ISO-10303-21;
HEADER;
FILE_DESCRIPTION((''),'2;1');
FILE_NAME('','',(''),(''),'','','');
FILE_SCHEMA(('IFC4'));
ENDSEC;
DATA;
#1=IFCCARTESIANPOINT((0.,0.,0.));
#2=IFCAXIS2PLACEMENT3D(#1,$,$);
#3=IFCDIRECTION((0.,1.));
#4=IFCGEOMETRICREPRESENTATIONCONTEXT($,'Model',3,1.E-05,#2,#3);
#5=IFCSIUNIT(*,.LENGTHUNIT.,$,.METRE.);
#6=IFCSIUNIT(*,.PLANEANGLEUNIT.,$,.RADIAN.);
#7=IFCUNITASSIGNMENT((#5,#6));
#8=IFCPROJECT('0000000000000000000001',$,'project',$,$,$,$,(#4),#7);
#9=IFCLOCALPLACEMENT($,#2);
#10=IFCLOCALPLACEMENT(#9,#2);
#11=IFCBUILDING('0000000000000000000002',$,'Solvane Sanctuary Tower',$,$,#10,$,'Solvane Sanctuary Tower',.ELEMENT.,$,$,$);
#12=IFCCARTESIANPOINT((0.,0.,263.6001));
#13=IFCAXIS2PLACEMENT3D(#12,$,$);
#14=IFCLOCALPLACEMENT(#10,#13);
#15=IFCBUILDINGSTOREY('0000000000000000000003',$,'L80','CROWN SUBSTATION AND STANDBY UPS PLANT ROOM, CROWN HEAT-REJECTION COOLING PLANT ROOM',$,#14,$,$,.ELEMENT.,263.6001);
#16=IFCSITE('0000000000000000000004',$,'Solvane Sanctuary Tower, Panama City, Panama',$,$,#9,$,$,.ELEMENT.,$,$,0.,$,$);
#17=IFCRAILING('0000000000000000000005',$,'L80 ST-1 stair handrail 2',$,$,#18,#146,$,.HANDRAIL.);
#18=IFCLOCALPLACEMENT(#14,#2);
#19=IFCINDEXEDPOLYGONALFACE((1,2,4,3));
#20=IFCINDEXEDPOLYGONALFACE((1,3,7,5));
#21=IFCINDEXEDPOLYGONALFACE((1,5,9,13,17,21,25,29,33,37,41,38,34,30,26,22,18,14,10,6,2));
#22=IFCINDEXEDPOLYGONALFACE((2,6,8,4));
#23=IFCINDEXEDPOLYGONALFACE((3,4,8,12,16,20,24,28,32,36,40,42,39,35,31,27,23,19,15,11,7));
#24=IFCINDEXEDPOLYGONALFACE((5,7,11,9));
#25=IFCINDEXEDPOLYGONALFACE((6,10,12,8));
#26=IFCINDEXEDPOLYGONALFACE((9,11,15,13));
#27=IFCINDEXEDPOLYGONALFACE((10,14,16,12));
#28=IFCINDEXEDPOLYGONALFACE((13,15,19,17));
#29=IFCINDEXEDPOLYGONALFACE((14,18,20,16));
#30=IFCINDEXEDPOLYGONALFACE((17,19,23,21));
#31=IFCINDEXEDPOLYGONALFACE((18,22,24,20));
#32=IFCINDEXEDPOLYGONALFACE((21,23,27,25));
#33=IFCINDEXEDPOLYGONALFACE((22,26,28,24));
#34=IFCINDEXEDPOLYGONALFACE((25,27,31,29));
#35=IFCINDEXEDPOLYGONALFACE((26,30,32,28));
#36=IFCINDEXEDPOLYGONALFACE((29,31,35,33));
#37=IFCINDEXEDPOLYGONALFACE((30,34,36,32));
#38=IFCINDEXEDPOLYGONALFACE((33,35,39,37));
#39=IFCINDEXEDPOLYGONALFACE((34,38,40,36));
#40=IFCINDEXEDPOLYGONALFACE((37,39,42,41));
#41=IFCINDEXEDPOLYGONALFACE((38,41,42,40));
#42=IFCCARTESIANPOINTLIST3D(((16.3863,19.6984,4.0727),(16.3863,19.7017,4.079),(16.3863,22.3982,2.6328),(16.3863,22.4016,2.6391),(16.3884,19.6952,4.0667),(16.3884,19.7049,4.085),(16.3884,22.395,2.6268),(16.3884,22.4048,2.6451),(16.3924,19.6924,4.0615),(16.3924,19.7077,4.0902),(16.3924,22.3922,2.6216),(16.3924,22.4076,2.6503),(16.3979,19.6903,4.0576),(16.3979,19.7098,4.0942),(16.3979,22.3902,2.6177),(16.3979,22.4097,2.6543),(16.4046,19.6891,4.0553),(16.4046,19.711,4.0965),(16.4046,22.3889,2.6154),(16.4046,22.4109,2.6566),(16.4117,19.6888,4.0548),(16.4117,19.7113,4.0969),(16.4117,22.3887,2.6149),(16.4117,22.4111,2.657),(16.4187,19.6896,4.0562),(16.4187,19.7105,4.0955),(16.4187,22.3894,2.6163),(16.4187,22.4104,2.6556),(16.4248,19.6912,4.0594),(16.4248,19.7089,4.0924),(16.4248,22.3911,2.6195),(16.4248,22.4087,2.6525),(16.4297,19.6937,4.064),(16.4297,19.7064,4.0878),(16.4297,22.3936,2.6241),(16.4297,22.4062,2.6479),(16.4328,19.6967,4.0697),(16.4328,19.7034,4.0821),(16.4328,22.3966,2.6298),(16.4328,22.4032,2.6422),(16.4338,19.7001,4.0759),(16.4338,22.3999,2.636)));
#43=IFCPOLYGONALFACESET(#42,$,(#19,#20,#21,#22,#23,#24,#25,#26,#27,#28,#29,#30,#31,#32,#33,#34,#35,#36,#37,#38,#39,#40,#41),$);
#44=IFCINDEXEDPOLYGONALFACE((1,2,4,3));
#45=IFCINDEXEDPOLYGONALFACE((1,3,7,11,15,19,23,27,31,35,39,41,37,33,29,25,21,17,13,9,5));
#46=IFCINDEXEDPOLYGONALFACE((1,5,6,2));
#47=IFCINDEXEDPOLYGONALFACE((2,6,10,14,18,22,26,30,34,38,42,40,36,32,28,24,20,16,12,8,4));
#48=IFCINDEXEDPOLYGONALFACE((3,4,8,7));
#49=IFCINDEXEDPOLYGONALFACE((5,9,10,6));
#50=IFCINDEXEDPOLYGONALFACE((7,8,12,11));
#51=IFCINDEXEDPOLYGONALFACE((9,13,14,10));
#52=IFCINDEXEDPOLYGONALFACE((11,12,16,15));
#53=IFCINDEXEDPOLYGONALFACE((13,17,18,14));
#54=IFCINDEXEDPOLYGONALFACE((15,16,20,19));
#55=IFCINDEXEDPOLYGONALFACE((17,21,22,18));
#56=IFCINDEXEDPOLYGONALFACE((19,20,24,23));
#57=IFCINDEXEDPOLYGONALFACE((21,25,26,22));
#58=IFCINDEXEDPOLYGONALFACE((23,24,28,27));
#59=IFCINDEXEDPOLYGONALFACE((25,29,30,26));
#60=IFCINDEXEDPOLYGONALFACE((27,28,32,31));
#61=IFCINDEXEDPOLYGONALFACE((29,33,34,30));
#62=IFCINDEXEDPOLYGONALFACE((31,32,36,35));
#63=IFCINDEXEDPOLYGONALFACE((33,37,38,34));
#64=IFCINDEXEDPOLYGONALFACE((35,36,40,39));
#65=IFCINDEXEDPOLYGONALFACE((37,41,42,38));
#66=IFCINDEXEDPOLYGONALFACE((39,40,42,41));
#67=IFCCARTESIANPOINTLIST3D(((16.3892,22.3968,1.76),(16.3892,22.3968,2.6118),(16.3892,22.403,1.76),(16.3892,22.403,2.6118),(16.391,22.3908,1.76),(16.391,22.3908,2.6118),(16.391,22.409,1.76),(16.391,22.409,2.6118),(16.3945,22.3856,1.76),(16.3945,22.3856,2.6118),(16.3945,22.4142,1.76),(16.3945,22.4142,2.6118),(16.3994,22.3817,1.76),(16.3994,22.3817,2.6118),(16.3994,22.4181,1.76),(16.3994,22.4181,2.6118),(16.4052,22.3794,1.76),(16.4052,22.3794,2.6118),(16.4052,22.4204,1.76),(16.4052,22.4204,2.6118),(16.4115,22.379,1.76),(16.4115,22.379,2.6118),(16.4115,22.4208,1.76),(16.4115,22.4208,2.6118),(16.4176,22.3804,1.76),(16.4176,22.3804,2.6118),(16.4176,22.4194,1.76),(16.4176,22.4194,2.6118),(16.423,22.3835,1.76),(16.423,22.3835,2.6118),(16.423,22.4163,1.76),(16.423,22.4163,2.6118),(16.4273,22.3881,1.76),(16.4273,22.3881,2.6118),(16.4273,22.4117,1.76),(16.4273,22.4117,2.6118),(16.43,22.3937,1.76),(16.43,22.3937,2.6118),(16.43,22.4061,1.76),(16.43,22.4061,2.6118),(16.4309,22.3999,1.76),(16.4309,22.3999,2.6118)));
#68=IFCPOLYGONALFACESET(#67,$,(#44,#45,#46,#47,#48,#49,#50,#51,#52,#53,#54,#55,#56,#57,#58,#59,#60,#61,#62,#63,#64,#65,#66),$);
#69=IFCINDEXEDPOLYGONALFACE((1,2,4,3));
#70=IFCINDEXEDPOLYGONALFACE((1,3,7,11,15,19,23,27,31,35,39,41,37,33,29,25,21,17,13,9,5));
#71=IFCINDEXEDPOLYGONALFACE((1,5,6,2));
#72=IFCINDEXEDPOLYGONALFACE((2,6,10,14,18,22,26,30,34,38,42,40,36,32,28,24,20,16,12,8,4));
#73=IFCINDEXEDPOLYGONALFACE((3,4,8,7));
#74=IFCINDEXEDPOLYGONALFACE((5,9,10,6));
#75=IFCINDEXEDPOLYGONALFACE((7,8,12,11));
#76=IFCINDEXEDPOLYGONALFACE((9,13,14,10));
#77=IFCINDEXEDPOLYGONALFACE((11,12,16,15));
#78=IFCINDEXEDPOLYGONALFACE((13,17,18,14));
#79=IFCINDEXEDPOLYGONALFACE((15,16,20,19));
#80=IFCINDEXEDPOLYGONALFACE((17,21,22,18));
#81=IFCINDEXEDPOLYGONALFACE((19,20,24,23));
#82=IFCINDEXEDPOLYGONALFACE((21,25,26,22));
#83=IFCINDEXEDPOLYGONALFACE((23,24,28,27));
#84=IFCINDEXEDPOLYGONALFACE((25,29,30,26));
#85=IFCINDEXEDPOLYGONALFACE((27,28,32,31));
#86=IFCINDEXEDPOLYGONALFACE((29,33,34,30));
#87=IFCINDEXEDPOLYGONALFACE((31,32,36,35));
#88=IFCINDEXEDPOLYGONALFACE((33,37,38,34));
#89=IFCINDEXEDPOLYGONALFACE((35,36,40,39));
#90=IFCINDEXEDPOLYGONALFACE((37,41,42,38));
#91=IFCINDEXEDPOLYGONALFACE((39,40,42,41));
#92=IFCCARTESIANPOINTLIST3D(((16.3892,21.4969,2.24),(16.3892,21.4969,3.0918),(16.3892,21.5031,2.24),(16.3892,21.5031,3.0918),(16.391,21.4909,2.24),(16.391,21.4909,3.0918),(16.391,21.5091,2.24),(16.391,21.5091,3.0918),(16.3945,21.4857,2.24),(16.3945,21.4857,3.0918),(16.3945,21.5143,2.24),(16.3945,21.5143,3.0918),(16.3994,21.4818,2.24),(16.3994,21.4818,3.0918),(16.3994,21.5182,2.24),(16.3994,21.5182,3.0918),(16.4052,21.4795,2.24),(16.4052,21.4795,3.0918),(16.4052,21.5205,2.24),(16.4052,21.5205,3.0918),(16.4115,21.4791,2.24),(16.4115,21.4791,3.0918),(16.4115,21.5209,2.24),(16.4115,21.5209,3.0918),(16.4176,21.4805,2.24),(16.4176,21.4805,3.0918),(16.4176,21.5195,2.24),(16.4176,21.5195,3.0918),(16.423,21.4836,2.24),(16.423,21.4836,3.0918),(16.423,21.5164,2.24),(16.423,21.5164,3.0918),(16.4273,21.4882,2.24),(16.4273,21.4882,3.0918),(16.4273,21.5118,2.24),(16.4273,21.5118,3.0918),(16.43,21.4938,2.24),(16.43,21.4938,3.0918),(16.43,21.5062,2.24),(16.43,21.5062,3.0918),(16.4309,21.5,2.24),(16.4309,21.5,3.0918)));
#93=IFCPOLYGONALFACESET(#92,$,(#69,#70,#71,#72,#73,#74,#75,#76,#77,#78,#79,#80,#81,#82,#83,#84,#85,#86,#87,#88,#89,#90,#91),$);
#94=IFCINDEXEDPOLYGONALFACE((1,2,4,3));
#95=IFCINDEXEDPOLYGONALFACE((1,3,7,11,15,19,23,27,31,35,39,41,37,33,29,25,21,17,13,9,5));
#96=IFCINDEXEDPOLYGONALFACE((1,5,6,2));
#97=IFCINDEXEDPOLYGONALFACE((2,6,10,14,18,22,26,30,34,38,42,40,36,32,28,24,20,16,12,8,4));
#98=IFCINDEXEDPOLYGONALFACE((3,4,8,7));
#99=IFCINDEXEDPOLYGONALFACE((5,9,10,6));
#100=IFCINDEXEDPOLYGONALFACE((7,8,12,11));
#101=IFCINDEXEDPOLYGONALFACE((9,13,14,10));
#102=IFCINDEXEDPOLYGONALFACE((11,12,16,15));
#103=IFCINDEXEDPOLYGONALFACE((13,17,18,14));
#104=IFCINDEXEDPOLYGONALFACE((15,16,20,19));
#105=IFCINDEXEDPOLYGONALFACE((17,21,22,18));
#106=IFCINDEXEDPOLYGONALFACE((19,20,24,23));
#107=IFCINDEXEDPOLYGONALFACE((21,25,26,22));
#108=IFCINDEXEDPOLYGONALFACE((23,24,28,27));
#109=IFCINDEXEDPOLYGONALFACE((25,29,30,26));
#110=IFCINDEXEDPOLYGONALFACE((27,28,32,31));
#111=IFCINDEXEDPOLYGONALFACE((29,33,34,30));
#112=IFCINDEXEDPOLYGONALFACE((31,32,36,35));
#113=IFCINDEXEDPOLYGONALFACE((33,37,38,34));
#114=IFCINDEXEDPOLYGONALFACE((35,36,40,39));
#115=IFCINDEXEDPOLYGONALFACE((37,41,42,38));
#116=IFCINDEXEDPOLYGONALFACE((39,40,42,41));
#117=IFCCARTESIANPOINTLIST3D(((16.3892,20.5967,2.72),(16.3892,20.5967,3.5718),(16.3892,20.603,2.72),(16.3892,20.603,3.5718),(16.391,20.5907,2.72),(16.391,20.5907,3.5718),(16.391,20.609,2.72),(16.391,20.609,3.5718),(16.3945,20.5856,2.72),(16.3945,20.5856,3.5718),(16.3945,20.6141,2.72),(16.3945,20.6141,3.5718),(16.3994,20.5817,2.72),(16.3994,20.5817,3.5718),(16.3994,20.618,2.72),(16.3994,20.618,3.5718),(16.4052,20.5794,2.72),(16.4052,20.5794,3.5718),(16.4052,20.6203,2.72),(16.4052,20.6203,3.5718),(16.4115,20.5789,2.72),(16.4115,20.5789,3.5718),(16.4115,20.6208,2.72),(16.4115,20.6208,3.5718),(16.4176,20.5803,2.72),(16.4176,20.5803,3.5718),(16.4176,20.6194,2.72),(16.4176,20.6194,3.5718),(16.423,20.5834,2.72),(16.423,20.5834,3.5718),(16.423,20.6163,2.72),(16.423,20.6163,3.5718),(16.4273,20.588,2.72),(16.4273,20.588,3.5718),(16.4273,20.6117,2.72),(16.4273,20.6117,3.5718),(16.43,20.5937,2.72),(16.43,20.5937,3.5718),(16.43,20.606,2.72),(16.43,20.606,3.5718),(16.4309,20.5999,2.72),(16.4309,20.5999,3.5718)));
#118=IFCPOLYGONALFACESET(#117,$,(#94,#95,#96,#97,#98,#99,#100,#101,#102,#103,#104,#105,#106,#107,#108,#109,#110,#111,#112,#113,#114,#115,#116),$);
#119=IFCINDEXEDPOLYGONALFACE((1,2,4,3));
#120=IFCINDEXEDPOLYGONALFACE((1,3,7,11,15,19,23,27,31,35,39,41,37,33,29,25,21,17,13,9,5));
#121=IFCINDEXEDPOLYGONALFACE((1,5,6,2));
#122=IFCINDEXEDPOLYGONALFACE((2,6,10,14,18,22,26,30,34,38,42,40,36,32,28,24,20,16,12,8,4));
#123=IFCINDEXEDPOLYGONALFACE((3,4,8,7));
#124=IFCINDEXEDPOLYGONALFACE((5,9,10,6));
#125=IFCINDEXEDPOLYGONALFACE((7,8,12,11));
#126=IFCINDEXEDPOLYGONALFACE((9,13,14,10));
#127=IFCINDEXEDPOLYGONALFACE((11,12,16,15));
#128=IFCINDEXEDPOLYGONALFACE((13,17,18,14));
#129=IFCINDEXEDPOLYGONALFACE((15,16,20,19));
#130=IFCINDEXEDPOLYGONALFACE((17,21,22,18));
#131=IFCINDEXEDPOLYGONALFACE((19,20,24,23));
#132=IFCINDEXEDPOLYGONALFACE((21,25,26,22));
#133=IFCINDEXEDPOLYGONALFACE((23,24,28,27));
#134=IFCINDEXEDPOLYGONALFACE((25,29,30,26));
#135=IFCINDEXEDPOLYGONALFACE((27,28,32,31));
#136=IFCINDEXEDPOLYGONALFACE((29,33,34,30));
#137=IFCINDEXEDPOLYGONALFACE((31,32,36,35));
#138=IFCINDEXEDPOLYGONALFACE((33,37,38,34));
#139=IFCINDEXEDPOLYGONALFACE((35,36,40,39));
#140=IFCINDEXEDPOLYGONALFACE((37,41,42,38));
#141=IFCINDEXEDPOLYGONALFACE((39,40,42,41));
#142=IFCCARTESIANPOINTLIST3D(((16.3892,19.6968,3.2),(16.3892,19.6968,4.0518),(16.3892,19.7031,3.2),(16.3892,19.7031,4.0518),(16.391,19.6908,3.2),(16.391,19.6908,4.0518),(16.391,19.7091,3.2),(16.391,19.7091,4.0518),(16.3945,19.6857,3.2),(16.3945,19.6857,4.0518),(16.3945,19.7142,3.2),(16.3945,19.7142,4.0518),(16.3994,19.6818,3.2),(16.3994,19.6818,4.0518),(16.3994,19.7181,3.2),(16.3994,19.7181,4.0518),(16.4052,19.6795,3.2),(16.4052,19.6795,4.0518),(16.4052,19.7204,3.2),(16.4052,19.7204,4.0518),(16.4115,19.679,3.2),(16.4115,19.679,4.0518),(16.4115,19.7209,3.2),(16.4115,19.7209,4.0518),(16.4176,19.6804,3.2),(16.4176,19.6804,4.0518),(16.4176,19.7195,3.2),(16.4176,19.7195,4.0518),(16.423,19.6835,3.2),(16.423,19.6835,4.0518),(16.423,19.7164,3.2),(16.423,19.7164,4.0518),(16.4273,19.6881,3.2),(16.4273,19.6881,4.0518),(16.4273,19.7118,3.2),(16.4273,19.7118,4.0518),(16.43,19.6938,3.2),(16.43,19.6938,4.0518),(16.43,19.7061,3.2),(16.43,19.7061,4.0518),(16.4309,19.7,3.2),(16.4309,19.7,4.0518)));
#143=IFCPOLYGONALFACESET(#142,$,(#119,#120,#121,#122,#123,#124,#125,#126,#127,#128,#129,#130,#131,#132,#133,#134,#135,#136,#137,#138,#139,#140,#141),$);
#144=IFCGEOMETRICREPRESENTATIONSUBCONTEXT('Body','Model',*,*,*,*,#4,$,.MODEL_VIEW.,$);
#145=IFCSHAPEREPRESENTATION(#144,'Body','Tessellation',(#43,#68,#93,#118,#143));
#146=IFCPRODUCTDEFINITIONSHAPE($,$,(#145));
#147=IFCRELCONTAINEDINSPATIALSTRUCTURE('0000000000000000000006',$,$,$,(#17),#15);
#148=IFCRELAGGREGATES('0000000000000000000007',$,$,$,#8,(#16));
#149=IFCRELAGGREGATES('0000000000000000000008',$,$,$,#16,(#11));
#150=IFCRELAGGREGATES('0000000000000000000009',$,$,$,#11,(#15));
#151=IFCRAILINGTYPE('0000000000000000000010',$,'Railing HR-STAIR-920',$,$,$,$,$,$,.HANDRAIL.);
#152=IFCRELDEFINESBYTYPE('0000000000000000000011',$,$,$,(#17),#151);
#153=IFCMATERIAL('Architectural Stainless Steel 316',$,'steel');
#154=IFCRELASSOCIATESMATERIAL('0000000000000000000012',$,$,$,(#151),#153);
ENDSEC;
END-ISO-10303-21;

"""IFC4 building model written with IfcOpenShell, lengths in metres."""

from ifc_helpers import new_model, si_unit, direction, frame, origin, origin_2d, place, context, subcontext, project, spatial, circle, extrude, material, type_object, element, save


model = new_model("IFC4")

# Units and contexts
model_context = context("Model", 3, precision=1e-05, world=origin(), true_north=direction((0.0, 1.0)))
body_context = subcontext(model_context, "Body", "Model", "MODEL_VIEW")
ifc_project = project(units=[si_unit("LENGTHUNIT", "METRE"), si_unit("PLANEANGLEUNIT", "RADIAN")], contexts=[model_context])

# Site, building, storey
site_placement = place(None, origin())
site = spatial("IfcSite", under=ifc_project, at=site_placement, Name="Solvane Sanctuary Tower, Panama City, Panama", CompositionType="ELEMENT", RefElevation=0.0)
building_placement = place(site_placement, origin())
building = spatial("IfcBuilding", under=site, at=building_placement, Name="Solvane Sanctuary Tower", LongName="Solvane Sanctuary Tower", CompositionType="ELEMENT")
storey_placement = place(building_placement, frame((0.0, 0.0, 263.6001)))
storey = spatial("IfcBuildingStorey", under=building, at=storey_placement, Name="L80", Description="CROWN SUBSTATION AND STANDBY UPS PLANT ROOM, CROWN HEAT-REJECTION COOLING PLANT ROOM", CompositionType="ELEMENT", Elevation=263.6001)

# Shared definitions
ifc_material_1 = material(Name="Architectural Stainless Steel 316", Category="steel")

# Railing
railing_type_1 = type_object("IfcRailingType", Name="Railing HR-STAIR-920", PredefinedType="HANDRAIL", material=ifc_material_1)
railing_1_placement = place(storey_placement, frame((16.4099, 22.3999, 1.76)))
element("IfcRailing", 1, at=railing_1_placement, inside=storey, type_object=railing_type_1, Name="L80 ST-1 stair handrail 2", PredefinedType="HANDRAIL", context=body_context, shape_type="SweptSolid", body=[
    extrude(circle(Radius=0.0239, at=origin_2d()), frame((0.0, 0.0, 0.876), z_axis=(0.0, -0.882357, 0.47058), x_axis=(1.0, 0.0, 0.0)), (0.0, 0.0, 1.0), 3.0598),
    extrude(circle(Radius=0.021, at=origin_2d()), origin(), (0.0, 0.0, 1.0), 0.8518),
    extrude(circle(Radius=0.021, at=origin_2d()), frame((0.0, -0.8999, 0.48)), (0.0, 0.0, 1.0), 0.8518),
    extrude(circle(Radius=0.021, at=origin_2d()), frame((0.0, -1.8, 0.96)), (0.0, 0.0, 1.0), 0.8518),
    extrude(circle(Radius=0.021, at=origin_2d()), frame((0.0, -2.7, 1.4399)), (0.0, 0.0, 1.0), 0.8518),
])

save(model, "model.ifc")
